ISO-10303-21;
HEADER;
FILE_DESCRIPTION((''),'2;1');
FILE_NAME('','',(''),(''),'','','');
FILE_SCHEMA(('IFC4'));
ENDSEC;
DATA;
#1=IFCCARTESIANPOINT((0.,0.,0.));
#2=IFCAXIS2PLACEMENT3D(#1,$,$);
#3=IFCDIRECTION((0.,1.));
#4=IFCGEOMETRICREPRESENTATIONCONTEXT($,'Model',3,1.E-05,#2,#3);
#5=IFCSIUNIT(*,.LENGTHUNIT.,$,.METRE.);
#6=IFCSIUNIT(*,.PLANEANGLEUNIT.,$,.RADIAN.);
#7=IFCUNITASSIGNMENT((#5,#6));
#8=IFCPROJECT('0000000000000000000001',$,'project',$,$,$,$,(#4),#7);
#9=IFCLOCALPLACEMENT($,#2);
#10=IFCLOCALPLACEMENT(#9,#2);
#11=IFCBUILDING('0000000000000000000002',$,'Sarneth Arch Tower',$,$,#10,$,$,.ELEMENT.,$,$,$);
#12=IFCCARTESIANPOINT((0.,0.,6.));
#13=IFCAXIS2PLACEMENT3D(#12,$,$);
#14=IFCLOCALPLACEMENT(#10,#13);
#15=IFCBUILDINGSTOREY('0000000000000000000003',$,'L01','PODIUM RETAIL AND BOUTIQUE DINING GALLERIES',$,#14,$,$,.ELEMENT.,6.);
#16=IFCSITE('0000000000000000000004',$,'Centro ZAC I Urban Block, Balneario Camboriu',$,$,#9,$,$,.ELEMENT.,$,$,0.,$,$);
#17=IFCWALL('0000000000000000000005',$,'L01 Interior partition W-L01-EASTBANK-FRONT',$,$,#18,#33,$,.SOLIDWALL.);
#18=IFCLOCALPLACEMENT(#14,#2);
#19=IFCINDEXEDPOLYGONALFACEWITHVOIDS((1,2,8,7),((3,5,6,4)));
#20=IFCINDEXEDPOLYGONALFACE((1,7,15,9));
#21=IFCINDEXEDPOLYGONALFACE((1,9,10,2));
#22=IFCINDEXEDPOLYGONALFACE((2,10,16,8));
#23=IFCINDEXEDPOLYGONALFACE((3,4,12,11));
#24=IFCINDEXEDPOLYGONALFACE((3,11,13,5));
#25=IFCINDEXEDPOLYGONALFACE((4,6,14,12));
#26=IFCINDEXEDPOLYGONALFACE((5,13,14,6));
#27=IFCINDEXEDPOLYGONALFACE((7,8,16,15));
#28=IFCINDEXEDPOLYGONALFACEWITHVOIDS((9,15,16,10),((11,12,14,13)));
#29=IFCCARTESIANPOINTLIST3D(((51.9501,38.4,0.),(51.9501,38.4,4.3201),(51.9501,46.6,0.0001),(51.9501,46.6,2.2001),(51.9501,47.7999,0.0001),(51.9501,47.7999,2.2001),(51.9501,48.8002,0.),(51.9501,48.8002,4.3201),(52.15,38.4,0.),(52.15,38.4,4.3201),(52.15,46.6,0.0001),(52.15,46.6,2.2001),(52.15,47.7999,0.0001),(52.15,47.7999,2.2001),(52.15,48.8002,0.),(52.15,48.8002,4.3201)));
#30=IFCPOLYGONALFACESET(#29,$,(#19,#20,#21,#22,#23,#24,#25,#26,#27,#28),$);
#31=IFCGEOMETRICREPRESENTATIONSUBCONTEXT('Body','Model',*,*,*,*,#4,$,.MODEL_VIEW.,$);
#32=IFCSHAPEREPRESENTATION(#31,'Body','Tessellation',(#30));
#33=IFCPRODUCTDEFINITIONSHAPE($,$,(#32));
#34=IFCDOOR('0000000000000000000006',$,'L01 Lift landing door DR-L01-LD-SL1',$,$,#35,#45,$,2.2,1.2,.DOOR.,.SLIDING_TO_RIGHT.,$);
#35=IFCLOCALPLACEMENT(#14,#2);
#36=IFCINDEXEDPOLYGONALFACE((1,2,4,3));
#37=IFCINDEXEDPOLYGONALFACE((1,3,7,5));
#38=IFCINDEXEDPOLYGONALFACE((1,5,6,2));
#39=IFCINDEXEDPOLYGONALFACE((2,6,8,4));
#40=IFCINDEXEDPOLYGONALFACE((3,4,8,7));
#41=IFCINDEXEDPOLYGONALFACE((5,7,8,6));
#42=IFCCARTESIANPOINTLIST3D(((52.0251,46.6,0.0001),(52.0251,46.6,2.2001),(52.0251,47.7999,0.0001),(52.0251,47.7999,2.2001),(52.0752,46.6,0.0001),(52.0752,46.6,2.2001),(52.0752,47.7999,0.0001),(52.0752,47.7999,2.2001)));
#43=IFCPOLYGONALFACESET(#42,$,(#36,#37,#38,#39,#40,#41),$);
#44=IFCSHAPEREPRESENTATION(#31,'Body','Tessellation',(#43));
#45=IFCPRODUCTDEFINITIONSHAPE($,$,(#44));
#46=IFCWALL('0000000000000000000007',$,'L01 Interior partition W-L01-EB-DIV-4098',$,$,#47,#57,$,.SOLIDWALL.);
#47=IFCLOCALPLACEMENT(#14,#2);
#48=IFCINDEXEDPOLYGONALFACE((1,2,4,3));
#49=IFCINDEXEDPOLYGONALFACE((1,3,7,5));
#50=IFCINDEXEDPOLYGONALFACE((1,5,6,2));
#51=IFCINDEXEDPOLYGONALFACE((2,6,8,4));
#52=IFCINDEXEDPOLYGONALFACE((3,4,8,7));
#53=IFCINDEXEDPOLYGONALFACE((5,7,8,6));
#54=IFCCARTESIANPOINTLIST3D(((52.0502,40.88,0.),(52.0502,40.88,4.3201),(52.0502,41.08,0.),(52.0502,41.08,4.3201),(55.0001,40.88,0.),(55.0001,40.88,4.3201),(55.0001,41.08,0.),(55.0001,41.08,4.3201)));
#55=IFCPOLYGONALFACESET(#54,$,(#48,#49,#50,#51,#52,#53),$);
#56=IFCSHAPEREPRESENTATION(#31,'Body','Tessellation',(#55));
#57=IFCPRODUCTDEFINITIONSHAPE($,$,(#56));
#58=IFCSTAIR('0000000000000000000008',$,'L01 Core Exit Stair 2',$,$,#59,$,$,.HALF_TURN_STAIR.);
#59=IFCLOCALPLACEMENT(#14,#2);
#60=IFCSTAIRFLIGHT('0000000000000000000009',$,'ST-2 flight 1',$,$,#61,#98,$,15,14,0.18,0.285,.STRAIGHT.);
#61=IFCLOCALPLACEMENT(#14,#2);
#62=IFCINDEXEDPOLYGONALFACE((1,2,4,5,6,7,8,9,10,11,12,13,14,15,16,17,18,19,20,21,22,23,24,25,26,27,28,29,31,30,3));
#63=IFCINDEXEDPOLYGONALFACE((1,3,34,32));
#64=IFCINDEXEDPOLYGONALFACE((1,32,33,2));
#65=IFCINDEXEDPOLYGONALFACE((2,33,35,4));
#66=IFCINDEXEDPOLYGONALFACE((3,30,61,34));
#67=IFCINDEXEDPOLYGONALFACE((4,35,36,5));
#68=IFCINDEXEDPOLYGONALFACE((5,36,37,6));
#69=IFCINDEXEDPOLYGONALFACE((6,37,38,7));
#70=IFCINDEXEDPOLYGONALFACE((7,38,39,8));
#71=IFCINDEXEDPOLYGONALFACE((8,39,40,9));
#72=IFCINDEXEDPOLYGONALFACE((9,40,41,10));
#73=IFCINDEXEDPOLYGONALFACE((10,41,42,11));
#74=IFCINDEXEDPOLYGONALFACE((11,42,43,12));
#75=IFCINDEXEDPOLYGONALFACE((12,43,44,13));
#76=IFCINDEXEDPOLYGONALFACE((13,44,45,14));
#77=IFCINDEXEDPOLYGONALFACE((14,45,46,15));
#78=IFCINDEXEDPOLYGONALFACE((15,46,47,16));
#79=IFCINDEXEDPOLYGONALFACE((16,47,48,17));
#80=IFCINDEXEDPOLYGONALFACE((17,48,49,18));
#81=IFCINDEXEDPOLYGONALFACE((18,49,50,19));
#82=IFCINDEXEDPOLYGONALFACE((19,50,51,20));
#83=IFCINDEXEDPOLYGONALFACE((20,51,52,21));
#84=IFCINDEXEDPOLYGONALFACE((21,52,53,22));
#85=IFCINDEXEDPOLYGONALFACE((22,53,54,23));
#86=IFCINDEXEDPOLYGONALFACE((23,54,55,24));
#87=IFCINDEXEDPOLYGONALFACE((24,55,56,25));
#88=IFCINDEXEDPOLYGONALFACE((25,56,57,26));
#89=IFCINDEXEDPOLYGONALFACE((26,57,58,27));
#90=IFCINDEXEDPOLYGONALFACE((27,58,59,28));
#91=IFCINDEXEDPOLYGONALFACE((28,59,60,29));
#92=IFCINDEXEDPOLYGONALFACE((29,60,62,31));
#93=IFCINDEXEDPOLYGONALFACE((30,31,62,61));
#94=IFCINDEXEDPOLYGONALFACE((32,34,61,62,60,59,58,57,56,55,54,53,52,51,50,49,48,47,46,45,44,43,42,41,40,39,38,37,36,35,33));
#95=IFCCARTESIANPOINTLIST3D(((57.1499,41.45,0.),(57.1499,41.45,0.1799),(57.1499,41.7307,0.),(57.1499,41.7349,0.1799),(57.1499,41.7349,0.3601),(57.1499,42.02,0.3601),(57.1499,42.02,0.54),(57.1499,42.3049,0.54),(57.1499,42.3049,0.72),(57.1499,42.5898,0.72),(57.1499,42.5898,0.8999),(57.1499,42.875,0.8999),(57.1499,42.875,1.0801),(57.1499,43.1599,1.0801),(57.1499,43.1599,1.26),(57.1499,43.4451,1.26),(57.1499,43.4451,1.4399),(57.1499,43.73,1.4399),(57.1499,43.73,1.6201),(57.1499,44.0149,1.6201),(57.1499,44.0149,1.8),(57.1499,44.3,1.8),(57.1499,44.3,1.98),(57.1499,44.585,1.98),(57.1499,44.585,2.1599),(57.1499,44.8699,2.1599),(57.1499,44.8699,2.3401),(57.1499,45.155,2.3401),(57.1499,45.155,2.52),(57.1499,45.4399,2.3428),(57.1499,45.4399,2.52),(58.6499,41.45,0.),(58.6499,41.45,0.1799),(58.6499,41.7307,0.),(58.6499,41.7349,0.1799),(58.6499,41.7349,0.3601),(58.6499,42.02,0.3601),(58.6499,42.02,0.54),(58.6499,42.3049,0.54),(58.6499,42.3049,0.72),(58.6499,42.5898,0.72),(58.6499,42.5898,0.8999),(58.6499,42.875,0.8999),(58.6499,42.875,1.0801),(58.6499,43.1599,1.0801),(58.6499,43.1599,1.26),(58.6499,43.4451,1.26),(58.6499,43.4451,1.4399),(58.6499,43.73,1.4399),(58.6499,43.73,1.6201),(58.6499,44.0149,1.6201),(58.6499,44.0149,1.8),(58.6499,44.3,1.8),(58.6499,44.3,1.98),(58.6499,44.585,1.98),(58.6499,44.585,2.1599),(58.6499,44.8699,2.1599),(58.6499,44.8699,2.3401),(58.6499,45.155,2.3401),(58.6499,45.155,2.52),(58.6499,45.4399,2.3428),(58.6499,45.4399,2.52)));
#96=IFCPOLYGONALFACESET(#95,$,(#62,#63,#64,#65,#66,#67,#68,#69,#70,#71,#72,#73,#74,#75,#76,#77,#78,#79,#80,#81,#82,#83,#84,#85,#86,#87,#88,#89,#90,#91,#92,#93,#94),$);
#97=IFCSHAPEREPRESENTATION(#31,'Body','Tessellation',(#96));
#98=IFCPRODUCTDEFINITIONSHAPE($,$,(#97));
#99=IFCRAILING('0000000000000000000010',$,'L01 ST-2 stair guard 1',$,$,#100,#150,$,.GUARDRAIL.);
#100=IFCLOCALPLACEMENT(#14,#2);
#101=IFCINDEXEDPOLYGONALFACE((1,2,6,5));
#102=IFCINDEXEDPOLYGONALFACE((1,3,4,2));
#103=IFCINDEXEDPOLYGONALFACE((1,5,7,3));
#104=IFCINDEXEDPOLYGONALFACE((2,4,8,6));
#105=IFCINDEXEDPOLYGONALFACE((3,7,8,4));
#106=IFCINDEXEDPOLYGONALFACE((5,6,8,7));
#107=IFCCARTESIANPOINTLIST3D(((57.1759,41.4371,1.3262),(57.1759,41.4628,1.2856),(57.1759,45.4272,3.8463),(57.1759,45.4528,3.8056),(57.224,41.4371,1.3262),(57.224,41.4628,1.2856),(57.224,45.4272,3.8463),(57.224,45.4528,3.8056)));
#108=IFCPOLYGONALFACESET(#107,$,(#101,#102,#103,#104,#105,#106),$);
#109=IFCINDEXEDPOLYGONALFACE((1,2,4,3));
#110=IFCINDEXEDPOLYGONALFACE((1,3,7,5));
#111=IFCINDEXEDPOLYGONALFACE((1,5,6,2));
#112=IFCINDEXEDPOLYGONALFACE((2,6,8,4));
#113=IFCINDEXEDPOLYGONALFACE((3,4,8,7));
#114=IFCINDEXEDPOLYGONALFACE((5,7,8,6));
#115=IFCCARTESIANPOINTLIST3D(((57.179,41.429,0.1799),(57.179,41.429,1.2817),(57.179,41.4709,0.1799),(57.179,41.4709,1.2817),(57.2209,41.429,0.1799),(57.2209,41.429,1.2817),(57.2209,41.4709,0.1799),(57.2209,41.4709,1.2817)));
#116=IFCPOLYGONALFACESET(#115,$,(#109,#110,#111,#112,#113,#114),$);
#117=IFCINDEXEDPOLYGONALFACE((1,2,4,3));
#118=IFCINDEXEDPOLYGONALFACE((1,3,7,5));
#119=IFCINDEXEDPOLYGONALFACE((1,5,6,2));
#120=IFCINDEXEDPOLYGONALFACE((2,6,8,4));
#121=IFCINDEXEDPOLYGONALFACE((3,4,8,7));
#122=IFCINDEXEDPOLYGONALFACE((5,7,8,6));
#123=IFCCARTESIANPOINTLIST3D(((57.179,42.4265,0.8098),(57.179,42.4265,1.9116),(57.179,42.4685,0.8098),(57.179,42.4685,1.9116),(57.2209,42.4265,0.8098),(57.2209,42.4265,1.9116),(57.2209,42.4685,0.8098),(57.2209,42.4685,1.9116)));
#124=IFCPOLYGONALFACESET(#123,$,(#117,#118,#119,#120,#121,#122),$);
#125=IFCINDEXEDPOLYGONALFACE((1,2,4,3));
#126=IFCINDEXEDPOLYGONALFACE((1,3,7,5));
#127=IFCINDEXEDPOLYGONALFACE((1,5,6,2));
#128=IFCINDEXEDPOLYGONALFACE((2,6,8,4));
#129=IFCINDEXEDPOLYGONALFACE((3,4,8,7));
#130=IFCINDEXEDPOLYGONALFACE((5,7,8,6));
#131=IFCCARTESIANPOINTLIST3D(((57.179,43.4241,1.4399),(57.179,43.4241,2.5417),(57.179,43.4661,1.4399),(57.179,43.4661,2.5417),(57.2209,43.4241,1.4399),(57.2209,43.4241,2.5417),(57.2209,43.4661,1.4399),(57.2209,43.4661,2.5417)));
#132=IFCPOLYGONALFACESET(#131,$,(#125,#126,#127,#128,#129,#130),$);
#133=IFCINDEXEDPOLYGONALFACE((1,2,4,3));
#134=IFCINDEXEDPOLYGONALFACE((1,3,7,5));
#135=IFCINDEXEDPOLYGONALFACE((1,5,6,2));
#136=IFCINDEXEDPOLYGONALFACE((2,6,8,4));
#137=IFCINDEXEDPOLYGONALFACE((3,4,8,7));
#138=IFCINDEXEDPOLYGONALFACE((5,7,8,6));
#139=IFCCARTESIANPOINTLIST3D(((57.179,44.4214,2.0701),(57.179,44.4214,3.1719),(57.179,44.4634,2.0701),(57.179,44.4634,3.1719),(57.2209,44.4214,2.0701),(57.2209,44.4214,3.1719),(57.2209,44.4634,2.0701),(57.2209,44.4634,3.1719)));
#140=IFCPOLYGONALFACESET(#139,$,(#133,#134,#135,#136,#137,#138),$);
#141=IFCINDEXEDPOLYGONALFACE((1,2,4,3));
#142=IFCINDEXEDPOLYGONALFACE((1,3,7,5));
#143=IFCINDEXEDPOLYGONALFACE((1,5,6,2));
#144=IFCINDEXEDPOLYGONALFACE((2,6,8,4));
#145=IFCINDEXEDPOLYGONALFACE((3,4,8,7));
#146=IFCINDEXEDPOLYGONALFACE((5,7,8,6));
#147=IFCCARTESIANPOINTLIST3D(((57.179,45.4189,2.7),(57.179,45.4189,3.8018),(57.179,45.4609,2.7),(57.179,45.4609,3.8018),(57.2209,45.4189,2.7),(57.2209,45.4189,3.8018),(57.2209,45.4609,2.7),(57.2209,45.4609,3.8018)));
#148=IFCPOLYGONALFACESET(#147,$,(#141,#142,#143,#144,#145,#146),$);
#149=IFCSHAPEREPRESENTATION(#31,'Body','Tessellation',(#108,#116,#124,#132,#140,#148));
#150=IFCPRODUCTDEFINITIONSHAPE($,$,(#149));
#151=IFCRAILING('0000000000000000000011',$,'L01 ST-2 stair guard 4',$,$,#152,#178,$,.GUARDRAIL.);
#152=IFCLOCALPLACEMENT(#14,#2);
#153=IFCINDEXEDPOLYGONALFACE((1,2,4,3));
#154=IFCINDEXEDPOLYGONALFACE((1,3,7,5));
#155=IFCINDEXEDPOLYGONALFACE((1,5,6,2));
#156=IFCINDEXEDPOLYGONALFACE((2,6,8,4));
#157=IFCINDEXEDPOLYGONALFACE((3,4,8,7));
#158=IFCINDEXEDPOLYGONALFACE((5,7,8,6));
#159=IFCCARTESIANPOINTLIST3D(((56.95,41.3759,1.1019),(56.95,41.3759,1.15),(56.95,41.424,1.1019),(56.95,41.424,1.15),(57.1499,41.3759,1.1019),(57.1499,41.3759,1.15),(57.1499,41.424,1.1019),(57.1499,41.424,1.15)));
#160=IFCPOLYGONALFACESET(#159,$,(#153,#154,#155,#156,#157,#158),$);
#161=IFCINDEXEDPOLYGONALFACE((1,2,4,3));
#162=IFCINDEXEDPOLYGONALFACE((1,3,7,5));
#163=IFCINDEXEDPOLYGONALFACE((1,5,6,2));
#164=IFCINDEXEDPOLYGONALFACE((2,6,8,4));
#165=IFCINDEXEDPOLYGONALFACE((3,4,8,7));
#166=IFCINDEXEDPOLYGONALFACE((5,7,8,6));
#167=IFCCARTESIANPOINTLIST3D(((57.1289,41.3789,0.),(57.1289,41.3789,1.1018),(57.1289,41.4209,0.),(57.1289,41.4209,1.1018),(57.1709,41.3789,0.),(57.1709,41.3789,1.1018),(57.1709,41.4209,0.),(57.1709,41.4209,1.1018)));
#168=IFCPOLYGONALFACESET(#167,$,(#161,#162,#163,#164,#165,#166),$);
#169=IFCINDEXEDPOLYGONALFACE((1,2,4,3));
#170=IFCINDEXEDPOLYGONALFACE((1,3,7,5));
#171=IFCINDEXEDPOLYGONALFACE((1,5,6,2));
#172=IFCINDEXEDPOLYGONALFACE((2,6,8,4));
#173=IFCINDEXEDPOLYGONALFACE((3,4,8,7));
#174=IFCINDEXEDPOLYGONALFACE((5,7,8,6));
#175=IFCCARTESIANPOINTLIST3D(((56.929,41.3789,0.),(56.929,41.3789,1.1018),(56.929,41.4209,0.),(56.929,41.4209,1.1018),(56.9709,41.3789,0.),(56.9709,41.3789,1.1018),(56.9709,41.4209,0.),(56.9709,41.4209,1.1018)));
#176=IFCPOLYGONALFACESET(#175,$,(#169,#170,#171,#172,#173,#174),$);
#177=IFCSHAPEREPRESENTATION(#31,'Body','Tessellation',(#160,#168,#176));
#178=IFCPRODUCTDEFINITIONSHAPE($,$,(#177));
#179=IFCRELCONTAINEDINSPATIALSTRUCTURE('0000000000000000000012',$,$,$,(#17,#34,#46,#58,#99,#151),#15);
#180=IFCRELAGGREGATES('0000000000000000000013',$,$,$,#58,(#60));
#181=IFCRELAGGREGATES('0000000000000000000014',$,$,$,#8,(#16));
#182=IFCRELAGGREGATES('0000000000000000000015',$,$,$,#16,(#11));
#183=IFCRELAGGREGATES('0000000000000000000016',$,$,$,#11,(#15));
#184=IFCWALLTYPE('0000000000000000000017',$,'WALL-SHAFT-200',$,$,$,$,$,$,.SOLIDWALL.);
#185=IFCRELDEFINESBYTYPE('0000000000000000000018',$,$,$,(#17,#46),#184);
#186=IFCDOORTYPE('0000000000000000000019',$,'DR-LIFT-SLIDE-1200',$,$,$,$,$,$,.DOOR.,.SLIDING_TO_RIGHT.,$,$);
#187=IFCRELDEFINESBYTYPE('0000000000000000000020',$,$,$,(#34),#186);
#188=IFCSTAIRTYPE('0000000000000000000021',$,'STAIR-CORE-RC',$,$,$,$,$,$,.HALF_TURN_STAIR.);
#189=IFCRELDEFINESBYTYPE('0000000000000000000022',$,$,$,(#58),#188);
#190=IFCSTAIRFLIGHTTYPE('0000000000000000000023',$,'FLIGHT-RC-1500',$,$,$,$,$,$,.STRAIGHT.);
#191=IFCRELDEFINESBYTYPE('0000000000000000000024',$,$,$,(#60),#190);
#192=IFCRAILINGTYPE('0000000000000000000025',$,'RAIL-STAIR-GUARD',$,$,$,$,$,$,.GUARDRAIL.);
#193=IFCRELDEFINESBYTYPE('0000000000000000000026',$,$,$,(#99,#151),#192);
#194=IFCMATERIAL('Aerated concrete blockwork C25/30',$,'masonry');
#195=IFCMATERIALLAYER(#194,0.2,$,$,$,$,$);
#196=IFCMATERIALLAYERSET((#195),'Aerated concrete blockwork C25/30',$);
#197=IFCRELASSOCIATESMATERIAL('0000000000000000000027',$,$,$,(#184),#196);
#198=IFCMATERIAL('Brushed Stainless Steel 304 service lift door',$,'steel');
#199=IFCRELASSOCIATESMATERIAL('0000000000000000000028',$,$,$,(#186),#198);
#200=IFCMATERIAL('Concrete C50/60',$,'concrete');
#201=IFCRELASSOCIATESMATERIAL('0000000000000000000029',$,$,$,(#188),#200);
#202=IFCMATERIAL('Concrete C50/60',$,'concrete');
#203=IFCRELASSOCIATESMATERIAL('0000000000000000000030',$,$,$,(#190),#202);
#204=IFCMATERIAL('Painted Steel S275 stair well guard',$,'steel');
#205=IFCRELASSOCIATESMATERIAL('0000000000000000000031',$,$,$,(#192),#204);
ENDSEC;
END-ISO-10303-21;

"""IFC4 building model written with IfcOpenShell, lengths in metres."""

from ifc_helpers import new_model, si_unit, direction, frame, frame_2d, origin, origin_2d, place, context, subcontext, project, spatial, polyline, rectangle, outline, extrude, material, layer, layer_set, type_object, element, fill, aggregate, save


model = new_model("IFC4")

# Units and contexts
model_context = context("Model", 3, precision=1e-05, world=origin(), true_north=direction((0.0, 1.0)))
body_context = subcontext(model_context, "Body", "Model", "MODEL_VIEW")
ifc_project = project(units=[si_unit("LENGTHUNIT", "METRE"), si_unit("PLANEANGLEUNIT", "RADIAN")], contexts=[model_context])

# Site, building, storey
site_placement = place(None, origin())
site = spatial("IfcSite", under=ifc_project, at=site_placement, Name="Centro ZAC I Urban Block, Balneario Camboriu", CompositionType="ELEMENT", RefElevation=0.0)
building_placement = place(site_placement, origin())
building = spatial("IfcBuilding", under=site, at=building_placement, Name="Sarneth Arch Tower", CompositionType="ELEMENT")
storey_placement = place(building_placement, frame((0.0, 0.0, 6.0)))
storey = spatial("IfcBuildingStorey", under=building, at=storey_placement, Name="L01", Description="PODIUM RETAIL AND BOUTIQUE DINING GALLERIES", CompositionType="ELEMENT", Elevation=6.0)

# Shared definitions
ifc_material_1 = material(Name="Aerated concrete blockwork C25/30", Category="masonry")
ifc_layer_1 = layer(ifc_material_1, 0.2)
ifc_layer_set_1 = layer_set([ifc_layer_1], Name="Aerated concrete blockwork C25/30")
wall_type_1 = type_object("IfcWallType", Name="WALL-SHAFT-200", PredefinedType="SOLIDWALL", material=ifc_layer_set_1)

# Wall, opening, door
wall_1_placement = place(storey_placement, frame((52.05, 38.3999, 0.0), z_axis=(0.0, 0.0, 1.0), x_axis=(0.0, 1.0, 0.0)))
wall_1 = element("IfcWall", 1, at=wall_1_placement, inside=storey, type_object=wall_type_1, Name="L01 Interior partition W-L01-EASTBANK-FRONT", PredefinedType="SOLIDWALL", context=body_context, shape_type="SweptSolid", body=[
    extrude(rectangle(XDim=10.4001, YDim=0.2, at=frame_2d((5.2002, 0.0))), origin(), (0.0, 0.0, 1.0), 4.3201),
])
opening_1_placement = place(wall_1_placement, frame((8.2, 0.0, 0.0)))
opening_1 = element("IfcOpeningElement", 2, at=opening_1_placement, cuts=wall_1, PredefinedType="OPENING", context=body_context, shape_type="SweptSolid", body=[
    extrude(rectangle(XDim=1.2, YDim=2.2, at=frame_2d((0.6001, 1.1001))), frame((0.0, 0.1099, 0.0), z_axis=(0.0, -1.0, 0.0), x_axis=(1.0, 0.0, 0.0)), (0.0, 0.0, 1.0), 0.22),
])
ifc_material_2 = material(Name="Brushed Stainless Steel 304 service lift door", Category="steel")
door_type_1 = type_object("IfcDoorType", Name="DR-LIFT-SLIDE-1200", OperationType="SLIDING_TO_RIGHT", PredefinedType="DOOR", material=ifc_material_2)
door_1_placement = place(opening_1_placement, origin())
door_1 = element("IfcDoor", 3, at=door_1_placement, inside=storey, type_object=door_type_1, Name="L01 Lift landing door DR-L01-LD-SL1", OperationType="SLIDING_TO_RIGHT", OverallHeight=2.2, OverallWidth=1.2, PredefinedType="DOOR", context=body_context, shape_type="SweptSolid", body=[
    extrude(rectangle(XDim=1.2, YDim=2.2, at=frame_2d((0.6001, 1.1001))), frame((0.0, 0.0249, 0.0), z_axis=(0.0, -1.0, 0.0), x_axis=(1.0, 0.0, 0.0)), (0.0, 0.0, 1.0), 0.05),
])
fill(opening_1, door_1)

# Wall
wall_2_placement = place(storey_placement, frame((52.05, 40.98, 0.0), z_axis=(0.0, 0.0, 1.0), x_axis=(1.0, 0.0, 0.0)))
element("IfcWall", 4, at=wall_2_placement, inside=storey, type_object=wall_type_1, Name="L01 Interior partition W-L01-EB-DIV-4098", PredefinedType="SOLIDWALL", context=body_context, shape_type="SweptSolid", body=[
    extrude(rectangle(XDim=2.95, YDim=0.2, at=frame_2d((1.4751, 0.0))), origin(), (0.0, 0.0, 1.0), 4.3201),
])

# Stair, stair flight
ifc_material_3 = material(Name="Concrete C50/60", Category="concrete")
stair_type = type_object("IfcStairType", Name="STAIR-CORE-RC", PredefinedType="HALF_TURN_STAIR", material=ifc_material_3)
stair_placement = place(storey_placement, origin())
stair = element("IfcStair", 5, at=stair_placement, inside=storey, type_object=stair_type, Name="L01 Core Exit Stair 2", PredefinedType="HALF_TURN_STAIR")
ifc_material_4 = material(Name="Concrete C50/60", Category="concrete")
stair_flight_type = type_object("IfcStairFlightType", Name="FLIGHT-RC-1500", PredefinedType="STRAIGHT", material=ifc_material_4)
stair_flight_placement = place(storey_placement, frame((57.8999, 41.45, 0.0), z_axis=(0.0, 0.0, 1.0), x_axis=(0.0, 1.0, 0.0)))
stair_flight = element("IfcStairFlight", 6, at=stair_flight_placement, type_object=stair_flight_type, Name="ST-2 flight 1", NumberOfRisers=15, NumberOfTreads=14, PredefinedType="STRAIGHT", RiserHeight=0.18, TreadLength=0.285, context=body_context, shape_type="SweptSolid", body=[
    extrude(outline(polyline([(0.0, 0.0), (0.0, 0.1799), (0.2849, 0.1799), (0.2849, 0.3601), (0.5701, 0.3601), (0.5701, 0.54), (0.855, 0.54), (0.855, 0.72), (1.1399, 0.72), (1.1399, 0.8999), (1.425, 0.8999), (1.425, 1.0801), (1.71, 1.0801), (1.71, 1.26), (1.9951, 1.26), (1.9951, 1.4399), (2.28, 1.4399), (2.28, 1.6201), (2.5649, 1.6201), (2.5649, 1.8), (2.8501, 1.8), (2.8501, 1.98), (3.135, 1.98), (3.135, 2.1599), (3.4199, 2.1599), (3.4199, 2.3401), (3.7051, 2.3401), (3.7051, 2.52), (3.99, 2.52), (3.99, 2.7), (3.99, 2.3428), (0.2808, 0.0), (0.0, 0.0)])), frame((0.0, 0.75, 0.0), z_axis=(0.0, -1.0, 0.0), x_axis=(1.0, 0.0, 0.0)), (0.0, 0.0, 1.0), 1.5),
])
aggregate(stair, [stair_flight])

# Railings
ifc_material_5 = material(Name="Painted Steel S275 stair well guard", Category="steel")
railing_type = type_object("IfcRailingType", Name="RAIL-STAIR-GUARD", PredefinedType="GUARDRAIL", material=ifc_material_5)
railing_1_placement = place(storey_placement, frame((57.2, 41.45, 0.1799)))
element("IfcRailing", 7, at=railing_1_placement, inside=storey, type_object=railing_type, Name="L01 ST-2 stair guard 1", PredefinedType="GUARDRAIL", context=body_context, shape_type="SweptSolid", body=[
    extrude(rectangle(XDim=0.0481, YDim=0.0481, at=origin_2d()), frame((0.0, 0.0, 1.126), z_axis=(0.0, 0.845486, 0.533997), x_axis=(-1.0, 0.0, 0.0)), (0.0, 0.0, 1.0), 4.7192),
    extrude(rectangle(XDim=0.042, YDim=0.042, at=origin_2d()), origin(), (0.0, 0.0, 1.0), 1.1018),
    extrude(rectangle(XDim=0.042, YDim=0.042, at=origin_2d()), frame((0.0, 0.9976, 0.6299)), (0.0, 0.0, 1.0), 1.1018),
    extrude(rectangle(XDim=0.042, YDim=0.042, at=origin_2d()), frame((0.0, 1.9951, 1.26)), (0.0, 0.0, 1.0), 1.1018),
    extrude(rectangle(XDim=0.042, YDim=0.042, at=origin_2d()), frame((0.0, 2.9924, 1.8901)), (0.0, 0.0, 1.0), 1.1018),
    extrude(rectangle(XDim=0.042, YDim=0.042, at=origin_2d()), frame((0.0, 3.99, 2.52)), (0.0, 0.0, 1.0), 1.1018),
])
railing_2_placement = place(storey_placement, frame((57.1499, 41.3999, 0.0)))
element("IfcRailing", 8, at=railing_2_placement, inside=storey, type_object=railing_type, Name="L01 ST-2 stair guard 4", PredefinedType="GUARDRAIL", context=body_context, shape_type="SweptSolid", body=[
    extrude(rectangle(XDim=0.0481, YDim=0.0481, at=origin_2d()), frame((0.0, 0.0, 1.126), z_axis=(-1.0, 0.0, 0.0), x_axis=(0.0, -1.0, 0.0)), (0.0, 0.0, 1.0), 0.2),
    extrude(rectangle(XDim=0.042, YDim=0.042, at=origin_2d()), origin(), (0.0, 0.0, 1.0), 1.1018),
    extrude(rectangle(XDim=0.042, YDim=0.042, at=origin_2d()), frame((-0.2, 0.0, 0.0)), (0.0, 0.0, 1.0), 1.1018),
])

save(model, "model.ifc")
